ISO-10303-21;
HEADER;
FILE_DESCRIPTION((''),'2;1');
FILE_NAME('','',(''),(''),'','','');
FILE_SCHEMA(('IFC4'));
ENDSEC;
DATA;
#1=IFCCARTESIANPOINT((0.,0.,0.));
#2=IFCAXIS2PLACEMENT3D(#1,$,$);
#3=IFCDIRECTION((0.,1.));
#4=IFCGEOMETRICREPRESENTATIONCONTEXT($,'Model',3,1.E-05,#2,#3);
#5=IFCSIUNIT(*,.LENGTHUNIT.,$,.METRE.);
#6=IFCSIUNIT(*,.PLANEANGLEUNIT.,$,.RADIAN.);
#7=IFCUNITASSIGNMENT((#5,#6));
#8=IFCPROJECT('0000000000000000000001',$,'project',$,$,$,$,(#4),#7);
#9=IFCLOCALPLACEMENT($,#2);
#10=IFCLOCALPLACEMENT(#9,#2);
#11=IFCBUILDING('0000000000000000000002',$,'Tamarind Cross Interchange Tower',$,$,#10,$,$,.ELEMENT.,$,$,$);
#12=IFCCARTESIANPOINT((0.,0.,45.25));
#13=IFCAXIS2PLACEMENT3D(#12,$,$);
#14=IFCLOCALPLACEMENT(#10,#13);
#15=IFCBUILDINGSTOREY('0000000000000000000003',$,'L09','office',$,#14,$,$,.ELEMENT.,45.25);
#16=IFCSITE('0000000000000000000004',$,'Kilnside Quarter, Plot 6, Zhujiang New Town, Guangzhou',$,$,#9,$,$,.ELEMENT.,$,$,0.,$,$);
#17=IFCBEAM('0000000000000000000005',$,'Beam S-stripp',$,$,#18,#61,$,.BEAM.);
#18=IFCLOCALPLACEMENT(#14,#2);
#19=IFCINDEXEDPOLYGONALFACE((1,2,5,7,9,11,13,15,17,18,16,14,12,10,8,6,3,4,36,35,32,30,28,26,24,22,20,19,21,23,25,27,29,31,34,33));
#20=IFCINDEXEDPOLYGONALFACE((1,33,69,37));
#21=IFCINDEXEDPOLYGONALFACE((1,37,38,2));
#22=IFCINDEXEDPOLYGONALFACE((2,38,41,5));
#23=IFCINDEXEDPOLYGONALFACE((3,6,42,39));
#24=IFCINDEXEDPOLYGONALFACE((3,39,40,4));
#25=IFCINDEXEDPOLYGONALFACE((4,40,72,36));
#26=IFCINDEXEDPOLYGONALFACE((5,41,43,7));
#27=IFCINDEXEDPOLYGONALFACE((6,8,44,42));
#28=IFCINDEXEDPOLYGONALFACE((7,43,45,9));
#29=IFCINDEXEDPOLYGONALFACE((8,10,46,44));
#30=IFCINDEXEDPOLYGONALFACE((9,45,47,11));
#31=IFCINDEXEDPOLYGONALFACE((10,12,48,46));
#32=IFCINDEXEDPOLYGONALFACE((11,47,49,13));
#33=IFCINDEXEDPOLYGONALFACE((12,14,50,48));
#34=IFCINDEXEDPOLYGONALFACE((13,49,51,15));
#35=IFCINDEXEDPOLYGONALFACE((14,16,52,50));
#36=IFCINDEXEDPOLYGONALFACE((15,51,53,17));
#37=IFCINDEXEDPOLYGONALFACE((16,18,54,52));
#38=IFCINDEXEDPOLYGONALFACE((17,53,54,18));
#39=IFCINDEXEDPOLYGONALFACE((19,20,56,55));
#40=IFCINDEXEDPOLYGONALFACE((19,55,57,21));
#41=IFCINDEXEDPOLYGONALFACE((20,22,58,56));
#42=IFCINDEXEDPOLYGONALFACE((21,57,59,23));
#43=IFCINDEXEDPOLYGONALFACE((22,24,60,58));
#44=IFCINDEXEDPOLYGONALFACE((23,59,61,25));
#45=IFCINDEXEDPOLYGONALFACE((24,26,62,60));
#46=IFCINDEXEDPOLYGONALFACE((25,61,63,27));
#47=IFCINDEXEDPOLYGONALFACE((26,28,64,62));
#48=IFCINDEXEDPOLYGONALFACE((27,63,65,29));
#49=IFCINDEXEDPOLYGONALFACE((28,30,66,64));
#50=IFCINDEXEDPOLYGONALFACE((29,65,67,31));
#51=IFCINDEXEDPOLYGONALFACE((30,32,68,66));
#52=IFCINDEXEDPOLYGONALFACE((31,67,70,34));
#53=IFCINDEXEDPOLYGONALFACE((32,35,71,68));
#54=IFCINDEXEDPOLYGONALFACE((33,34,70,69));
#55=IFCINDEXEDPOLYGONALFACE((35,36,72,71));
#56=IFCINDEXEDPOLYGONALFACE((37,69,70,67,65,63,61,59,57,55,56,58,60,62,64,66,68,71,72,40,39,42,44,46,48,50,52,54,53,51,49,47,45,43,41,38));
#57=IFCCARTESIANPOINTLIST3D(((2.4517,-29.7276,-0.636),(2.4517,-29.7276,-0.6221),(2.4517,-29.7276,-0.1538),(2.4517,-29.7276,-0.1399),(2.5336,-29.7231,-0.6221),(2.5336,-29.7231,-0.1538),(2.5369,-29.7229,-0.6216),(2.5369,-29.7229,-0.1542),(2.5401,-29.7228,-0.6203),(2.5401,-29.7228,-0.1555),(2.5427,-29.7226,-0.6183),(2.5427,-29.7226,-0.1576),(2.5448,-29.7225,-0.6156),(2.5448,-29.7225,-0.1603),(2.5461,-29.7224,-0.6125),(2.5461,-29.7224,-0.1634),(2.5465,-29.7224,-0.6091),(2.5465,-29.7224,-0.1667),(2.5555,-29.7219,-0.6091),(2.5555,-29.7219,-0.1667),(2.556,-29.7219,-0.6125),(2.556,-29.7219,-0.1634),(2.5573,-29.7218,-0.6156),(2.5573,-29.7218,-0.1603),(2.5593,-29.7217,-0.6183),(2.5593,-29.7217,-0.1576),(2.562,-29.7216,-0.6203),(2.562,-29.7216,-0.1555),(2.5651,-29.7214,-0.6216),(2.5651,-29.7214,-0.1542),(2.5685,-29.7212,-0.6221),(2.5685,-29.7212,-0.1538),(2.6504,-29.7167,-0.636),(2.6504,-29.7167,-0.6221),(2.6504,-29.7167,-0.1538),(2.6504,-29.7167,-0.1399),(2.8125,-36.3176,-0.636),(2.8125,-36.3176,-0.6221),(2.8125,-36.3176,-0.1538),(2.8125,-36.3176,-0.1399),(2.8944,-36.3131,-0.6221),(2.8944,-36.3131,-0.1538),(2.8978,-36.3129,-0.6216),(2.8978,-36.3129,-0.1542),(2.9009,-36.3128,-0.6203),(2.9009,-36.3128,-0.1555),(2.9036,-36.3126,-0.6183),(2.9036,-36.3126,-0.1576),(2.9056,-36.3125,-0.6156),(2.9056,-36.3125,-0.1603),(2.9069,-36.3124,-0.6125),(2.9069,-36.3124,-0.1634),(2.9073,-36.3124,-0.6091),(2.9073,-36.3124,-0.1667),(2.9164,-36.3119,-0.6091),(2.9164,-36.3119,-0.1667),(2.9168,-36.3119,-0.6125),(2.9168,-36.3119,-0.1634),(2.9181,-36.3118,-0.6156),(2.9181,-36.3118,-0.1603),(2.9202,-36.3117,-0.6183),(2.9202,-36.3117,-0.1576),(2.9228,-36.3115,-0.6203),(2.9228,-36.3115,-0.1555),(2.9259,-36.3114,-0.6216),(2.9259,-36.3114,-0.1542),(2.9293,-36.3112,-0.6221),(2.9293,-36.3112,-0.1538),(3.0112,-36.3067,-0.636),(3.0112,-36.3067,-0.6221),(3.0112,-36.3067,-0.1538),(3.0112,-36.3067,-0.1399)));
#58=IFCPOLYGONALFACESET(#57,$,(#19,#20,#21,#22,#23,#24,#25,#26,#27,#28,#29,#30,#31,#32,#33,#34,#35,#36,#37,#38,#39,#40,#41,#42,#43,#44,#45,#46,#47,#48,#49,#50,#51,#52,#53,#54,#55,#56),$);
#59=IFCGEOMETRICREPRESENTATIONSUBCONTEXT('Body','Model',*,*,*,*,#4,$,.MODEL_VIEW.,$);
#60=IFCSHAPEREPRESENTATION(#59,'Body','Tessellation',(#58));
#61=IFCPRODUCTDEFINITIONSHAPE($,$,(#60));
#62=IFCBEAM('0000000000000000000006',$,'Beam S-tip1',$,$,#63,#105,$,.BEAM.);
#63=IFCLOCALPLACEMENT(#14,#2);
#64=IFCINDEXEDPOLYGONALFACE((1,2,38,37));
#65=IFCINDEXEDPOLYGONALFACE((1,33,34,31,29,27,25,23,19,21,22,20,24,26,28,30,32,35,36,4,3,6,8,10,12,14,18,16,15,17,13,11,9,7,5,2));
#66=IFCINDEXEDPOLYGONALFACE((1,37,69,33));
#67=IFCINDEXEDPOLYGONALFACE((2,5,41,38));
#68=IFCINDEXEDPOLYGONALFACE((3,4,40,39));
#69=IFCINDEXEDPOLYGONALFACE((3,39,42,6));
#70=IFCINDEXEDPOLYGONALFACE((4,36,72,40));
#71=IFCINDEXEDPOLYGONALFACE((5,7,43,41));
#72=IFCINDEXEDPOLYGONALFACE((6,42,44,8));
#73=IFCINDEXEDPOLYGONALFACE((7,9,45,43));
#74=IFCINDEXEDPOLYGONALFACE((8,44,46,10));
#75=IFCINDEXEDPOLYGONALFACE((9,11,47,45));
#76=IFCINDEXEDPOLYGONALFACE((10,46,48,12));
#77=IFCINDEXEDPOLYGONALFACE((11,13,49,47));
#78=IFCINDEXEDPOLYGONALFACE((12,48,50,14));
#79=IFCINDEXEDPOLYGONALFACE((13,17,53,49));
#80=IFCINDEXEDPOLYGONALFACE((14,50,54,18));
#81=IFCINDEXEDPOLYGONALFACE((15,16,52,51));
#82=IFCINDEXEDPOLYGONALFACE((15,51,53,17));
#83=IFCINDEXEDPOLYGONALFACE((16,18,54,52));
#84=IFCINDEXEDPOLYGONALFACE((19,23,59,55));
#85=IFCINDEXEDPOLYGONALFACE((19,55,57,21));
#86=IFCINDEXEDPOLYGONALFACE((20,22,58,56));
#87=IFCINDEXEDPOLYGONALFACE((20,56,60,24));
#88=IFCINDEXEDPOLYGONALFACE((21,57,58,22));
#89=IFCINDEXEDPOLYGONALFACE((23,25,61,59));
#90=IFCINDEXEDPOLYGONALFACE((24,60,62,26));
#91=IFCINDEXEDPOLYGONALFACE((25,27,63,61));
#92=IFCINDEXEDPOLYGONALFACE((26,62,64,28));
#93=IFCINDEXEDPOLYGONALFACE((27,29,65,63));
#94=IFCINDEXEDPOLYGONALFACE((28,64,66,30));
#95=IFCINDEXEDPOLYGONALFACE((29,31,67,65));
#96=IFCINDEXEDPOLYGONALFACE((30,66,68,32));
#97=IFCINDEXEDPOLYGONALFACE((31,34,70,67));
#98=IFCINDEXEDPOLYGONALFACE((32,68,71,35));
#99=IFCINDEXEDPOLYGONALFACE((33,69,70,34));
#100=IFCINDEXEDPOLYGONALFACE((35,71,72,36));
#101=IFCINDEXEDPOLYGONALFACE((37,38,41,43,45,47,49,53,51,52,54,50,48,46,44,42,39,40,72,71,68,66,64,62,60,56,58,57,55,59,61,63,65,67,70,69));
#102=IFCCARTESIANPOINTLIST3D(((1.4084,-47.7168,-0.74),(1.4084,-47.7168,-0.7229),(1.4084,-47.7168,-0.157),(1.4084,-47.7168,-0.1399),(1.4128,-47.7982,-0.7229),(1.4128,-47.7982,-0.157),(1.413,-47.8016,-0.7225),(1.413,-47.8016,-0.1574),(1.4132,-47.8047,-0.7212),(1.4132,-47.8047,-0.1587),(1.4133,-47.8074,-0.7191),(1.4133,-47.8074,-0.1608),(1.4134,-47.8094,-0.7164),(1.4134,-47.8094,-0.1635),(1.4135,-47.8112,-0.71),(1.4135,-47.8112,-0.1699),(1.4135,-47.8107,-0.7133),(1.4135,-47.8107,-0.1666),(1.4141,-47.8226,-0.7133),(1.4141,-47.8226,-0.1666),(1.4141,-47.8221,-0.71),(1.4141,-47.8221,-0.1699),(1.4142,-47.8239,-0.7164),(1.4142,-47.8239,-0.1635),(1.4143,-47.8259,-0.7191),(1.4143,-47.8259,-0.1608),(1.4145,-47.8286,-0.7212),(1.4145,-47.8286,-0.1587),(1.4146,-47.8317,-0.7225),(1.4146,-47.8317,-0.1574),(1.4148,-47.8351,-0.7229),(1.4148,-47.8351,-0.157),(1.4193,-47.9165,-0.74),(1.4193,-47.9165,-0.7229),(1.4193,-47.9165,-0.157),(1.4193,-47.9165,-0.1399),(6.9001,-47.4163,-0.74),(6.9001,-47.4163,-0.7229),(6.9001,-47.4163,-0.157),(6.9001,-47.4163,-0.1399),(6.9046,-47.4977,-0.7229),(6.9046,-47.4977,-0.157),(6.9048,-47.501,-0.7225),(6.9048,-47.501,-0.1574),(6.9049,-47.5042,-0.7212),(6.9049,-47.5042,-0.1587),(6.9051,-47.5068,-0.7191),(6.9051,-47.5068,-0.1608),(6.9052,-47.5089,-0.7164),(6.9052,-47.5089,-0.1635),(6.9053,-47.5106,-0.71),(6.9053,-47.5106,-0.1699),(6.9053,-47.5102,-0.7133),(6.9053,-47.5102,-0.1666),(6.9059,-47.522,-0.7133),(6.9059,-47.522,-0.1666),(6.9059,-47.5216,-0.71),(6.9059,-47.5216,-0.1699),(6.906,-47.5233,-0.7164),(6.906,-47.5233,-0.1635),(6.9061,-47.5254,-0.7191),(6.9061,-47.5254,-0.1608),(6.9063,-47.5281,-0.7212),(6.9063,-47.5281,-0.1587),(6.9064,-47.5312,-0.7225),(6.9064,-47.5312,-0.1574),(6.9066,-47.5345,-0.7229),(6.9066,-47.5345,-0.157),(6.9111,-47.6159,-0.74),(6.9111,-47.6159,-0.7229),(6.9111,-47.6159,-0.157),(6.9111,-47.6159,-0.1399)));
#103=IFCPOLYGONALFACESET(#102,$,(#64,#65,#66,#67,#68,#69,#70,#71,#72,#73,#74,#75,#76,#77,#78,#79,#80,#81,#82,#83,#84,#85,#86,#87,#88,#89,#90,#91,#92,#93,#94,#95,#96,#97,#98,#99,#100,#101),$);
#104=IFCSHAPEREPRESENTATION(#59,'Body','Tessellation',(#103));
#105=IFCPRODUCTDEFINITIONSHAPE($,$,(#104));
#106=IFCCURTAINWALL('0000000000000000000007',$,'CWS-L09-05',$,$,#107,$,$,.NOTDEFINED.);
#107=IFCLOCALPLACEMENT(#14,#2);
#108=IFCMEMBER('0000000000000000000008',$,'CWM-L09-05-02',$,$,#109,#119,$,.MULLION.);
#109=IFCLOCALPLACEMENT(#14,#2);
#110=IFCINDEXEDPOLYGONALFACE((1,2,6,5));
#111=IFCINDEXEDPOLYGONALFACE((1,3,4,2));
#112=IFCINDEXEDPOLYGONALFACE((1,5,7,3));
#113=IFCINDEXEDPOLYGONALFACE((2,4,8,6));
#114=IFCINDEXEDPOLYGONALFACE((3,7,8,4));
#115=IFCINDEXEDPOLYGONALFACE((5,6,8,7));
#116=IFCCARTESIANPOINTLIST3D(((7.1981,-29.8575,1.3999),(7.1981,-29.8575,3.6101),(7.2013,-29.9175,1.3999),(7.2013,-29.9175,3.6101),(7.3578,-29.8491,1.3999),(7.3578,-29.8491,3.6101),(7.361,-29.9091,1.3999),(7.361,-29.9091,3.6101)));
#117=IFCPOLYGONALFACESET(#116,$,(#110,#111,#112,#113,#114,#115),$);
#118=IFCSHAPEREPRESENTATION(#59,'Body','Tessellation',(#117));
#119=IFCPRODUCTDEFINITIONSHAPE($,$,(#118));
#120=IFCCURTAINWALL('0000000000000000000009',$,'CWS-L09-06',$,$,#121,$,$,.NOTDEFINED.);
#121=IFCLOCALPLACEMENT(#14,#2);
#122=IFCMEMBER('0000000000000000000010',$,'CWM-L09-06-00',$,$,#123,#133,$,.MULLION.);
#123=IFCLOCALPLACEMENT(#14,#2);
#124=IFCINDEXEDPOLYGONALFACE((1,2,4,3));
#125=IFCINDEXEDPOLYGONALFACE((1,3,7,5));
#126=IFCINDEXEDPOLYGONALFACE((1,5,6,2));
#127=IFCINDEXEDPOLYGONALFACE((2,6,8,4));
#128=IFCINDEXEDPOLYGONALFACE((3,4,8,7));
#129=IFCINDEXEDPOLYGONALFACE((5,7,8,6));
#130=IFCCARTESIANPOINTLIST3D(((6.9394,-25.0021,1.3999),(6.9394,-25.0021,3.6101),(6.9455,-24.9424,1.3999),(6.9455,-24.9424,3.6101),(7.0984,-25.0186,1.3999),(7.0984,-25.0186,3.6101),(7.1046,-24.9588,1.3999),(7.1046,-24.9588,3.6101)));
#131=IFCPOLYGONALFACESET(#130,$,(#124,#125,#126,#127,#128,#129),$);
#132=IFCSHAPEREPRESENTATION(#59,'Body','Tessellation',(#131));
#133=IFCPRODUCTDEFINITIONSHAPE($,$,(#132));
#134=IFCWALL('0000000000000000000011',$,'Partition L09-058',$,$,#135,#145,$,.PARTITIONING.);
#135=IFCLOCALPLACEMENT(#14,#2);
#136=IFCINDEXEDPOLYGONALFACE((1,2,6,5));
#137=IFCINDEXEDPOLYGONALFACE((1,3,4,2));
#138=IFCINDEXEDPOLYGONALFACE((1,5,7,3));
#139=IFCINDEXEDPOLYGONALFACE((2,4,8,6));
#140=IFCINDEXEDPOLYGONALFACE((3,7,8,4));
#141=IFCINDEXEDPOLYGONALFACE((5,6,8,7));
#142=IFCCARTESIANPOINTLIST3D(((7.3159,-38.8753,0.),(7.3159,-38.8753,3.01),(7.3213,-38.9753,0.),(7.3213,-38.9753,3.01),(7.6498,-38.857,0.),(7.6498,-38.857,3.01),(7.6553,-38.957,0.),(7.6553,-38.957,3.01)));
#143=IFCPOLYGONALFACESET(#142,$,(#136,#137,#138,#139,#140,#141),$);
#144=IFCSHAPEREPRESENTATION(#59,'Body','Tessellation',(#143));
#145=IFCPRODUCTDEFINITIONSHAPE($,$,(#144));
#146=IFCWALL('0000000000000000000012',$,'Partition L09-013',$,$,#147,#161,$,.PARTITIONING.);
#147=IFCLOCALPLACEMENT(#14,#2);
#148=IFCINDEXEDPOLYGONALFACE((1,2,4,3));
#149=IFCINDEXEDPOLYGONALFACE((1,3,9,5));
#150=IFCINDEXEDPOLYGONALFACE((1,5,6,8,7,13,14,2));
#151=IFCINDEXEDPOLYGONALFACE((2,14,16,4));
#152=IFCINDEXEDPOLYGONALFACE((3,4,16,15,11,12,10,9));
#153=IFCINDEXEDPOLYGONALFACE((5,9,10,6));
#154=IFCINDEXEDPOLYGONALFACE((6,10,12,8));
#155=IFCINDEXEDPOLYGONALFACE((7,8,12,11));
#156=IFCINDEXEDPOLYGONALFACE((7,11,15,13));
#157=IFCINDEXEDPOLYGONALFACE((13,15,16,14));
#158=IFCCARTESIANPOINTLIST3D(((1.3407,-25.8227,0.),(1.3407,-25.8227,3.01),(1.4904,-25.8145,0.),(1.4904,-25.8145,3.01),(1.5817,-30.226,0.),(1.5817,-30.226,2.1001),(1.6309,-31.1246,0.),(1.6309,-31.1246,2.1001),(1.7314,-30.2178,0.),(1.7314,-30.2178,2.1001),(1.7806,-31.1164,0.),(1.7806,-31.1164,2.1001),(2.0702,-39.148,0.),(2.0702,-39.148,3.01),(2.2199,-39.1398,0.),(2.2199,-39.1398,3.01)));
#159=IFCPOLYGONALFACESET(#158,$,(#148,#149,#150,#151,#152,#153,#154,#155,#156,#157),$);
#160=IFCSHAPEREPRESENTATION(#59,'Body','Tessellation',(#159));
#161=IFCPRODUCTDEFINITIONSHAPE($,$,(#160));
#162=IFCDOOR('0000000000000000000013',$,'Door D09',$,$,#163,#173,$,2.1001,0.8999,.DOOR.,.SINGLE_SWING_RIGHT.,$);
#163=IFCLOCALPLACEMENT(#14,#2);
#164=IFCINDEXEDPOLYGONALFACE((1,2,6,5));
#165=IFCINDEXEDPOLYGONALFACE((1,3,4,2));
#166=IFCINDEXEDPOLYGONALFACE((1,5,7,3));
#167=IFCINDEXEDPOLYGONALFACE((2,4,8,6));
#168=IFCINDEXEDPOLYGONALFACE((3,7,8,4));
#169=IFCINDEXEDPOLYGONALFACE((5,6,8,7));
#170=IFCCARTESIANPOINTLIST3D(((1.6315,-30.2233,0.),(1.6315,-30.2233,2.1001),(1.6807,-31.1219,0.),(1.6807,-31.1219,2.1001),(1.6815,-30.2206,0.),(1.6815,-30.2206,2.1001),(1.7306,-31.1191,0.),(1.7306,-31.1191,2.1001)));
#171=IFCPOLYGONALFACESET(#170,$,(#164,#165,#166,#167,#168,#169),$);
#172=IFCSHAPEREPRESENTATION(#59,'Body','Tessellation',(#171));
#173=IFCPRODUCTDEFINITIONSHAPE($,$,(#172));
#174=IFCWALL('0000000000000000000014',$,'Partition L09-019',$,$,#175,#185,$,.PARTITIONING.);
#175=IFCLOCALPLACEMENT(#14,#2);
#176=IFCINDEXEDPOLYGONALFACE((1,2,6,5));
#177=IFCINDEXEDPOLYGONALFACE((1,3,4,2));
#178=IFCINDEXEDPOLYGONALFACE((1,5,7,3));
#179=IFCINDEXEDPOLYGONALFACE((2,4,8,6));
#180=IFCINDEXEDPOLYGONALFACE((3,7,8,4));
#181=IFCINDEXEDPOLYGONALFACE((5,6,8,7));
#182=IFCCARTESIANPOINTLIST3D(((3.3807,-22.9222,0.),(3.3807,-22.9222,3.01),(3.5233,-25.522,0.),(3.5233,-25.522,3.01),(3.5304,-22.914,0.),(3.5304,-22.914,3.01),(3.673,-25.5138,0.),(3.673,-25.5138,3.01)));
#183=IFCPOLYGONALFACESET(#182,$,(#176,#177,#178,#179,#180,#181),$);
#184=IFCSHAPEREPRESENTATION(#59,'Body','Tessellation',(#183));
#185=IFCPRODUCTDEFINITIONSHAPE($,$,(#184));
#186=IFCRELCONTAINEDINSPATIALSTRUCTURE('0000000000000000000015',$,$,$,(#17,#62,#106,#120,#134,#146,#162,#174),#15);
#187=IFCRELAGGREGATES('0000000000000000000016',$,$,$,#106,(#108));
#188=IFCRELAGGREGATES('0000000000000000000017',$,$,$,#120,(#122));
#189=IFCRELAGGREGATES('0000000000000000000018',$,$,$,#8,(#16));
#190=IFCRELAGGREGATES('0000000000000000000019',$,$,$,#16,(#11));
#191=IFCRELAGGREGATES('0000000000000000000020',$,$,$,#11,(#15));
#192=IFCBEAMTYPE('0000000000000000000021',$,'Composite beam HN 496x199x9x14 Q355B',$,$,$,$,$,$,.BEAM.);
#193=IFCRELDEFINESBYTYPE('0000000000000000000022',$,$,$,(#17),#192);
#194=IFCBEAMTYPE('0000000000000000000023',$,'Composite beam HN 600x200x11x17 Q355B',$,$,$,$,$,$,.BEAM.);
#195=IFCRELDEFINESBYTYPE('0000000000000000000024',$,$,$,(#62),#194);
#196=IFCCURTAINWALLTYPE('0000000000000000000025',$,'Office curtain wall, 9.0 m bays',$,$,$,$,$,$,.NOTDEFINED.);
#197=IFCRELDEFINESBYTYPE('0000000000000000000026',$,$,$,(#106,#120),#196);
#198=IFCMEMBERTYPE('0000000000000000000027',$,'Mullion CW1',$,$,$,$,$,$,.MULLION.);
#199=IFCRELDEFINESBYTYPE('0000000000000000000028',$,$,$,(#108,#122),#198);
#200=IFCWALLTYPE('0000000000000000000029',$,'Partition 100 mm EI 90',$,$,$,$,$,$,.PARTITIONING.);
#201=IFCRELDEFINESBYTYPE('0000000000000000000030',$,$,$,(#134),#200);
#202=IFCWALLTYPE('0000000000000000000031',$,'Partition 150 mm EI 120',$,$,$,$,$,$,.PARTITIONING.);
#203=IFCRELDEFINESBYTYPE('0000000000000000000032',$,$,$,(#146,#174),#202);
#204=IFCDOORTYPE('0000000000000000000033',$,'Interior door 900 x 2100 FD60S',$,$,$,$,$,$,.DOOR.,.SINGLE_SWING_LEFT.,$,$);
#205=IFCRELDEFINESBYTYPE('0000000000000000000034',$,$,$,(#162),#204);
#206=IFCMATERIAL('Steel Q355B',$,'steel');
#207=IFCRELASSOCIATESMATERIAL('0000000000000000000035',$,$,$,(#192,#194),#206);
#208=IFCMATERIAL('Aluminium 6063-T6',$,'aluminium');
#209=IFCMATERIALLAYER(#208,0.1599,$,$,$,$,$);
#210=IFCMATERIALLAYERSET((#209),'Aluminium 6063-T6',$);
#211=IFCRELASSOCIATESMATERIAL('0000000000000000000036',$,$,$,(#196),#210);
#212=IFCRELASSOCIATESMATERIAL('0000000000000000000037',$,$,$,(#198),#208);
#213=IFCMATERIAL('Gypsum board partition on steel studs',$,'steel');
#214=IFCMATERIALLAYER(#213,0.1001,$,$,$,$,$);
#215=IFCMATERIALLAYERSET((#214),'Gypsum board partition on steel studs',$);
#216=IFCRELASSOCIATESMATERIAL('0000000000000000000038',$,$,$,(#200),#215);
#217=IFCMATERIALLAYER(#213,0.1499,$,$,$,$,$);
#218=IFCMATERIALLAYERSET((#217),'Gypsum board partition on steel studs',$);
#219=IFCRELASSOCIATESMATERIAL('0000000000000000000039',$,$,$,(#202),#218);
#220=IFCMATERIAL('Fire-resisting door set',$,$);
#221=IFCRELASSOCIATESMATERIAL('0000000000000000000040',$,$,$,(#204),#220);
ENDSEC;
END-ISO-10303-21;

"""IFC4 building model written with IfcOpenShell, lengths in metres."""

from ifc_helpers import new_model, si_unit, direction, frame, frame_2d, origin, origin_2d, place, context, subcontext, project, spatial, rectangle, i_section, extrude, material, layer, layer_set, material_profile, profile_set, type_object, element, fill, aggregate, save


model = new_model("IFC4")

# Units and contexts
model_context = context("Model", 3, precision=1e-05, world=origin(), true_north=direction((0.0, 1.0)))
body_context = subcontext(model_context, "Body", "Model", "MODEL_VIEW")
ifc_project = project(units=[si_unit("LENGTHUNIT", "METRE"), si_unit("PLANEANGLEUNIT", "RADIAN")], contexts=[model_context])

# Site, building, storey
site_placement = place(None, origin())
site = spatial("IfcSite", under=ifc_project, at=site_placement, Name="Kilnside Quarter, Plot 6, Zhujiang New Town, Guangzhou", CompositionType="ELEMENT", RefElevation=0.0)
building_placement = place(site_placement, origin())
building = spatial("IfcBuilding", under=site, at=building_placement, Name="Tamarind Cross Interchange Tower", CompositionType="ELEMENT")
storey_placement = place(building_placement, frame((0.0, 0.0, 45.25)))
storey = spatial("IfcBuildingStorey", under=building, at=storey_placement, Name="L09", Description="office", CompositionType="ELEMENT", Elevation=45.25)

# Beams
ifc_material_1 = material(Name="Steel Q355B", Category="steel")
ifc_material_profile_1 = material_profile(ifc_material_1, i_section(OverallWidth=0.199, OverallDepth=0.4961, WebThickness=0.009, FlangeThickness=0.0139, FilletRadius=0.0129, at=origin_2d()), Name="HN 496x199x9x14")
ifc_profile_set_1 = profile_set([ifc_material_profile_1], Name="Steel Q355B")
beam_type_1 = type_object("IfcBeamType", Name="Composite beam HN 496x199x9x14 Q355B", PredefinedType="BEAM", material=ifc_profile_set_1)
beam_1_placement = place(storey_placement, frame((2.551, -29.7222, -0.3879), z_axis=(0.054673, -0.998504, 0.0), x_axis=(0.998504, 0.054673, 0.0)))
element("IfcBeam", 1, at=beam_1_placement, inside=storey, type_object=beam_type_1, Name="Beam S-stripp", PredefinedType="BEAM", context=body_context, shape_type="SweptSolid", body=[
    extrude(i_section(OverallWidth=0.199, OverallDepth=0.4961, WebThickness=0.009, FlangeThickness=0.0139, FilletRadius=0.0129, at=origin_2d()), origin(), (0.0, 0.0, 1.0), 6.5999),
])
ifc_material_profile_2 = material_profile(ifc_material_1, i_section(OverallWidth=0.2, OverallDepth=0.6001, WebThickness=0.011, FlangeThickness=0.0171, FilletRadius=0.0129, at=origin_2d()), Name="HN 600x200x11x17")
ifc_profile_set_2 = profile_set([ifc_material_profile_2], Name="Steel Q355B")
beam_type_2 = type_object("IfcBeamType", Name="Composite beam HN 600x200x11x17 Q355B", PredefinedType="BEAM", material=ifc_profile_set_2)
beam_2_placement = place(storey_placement, frame((1.4138, -47.8167, -0.4399), z_axis=(0.998506, 0.054644, 0.0), x_axis=(-0.054644, 0.998506, 0.0)))
element("IfcBeam", 2, at=beam_2_placement, inside=storey, type_object=beam_type_2, Name="Beam S-tip1", PredefinedType="BEAM", context=body_context, shape_type="SweptSolid", body=[
    extrude(i_section(OverallWidth=0.2, OverallDepth=0.6001, WebThickness=0.011, FlangeThickness=0.0171, FilletRadius=0.0129, at=origin_2d()), origin(), (0.0, 0.0, 1.0), 5.5),
])

# Curtain walls, members
ifc_material_2 = material(Name="Aluminium 6063-T6", Category="aluminium")
ifc_layer_1 = layer(ifc_material_2, 0.1599)
ifc_layer_set_1 = layer_set([ifc_layer_1], Name="Aluminium 6063-T6")
curtain_wall_type = type_object("IfcCurtainWallType", Name="Office curtain wall, 9.0 m bays", PredefinedType="NOTDEFINED", material=ifc_layer_set_1)
curtain_wall_1_placement = place(storey_placement, origin())
curtain_wall_1 = element("IfcCurtainWall", 3, at=curtain_wall_1_placement, inside=storey, type_object=curtain_wall_type, Name="CWS-L09-05", PredefinedType="NOTDEFINED")
ifc_material_profile_3 = material_profile(ifc_material_2, rectangle(XDim=0.0601, YDim=0.1599, at=origin_2d()), Name="Mullion CW1")
ifc_profile_set_3 = profile_set([ifc_material_profile_3], Name="Aluminium 6063-T6")
member_type = type_object("IfcMemberType", Name="Mullion CW1", PredefinedType="MULLION", material=ifc_profile_set_3)
member_1_placement = place(storey_placement, frame((7.2795, -29.8833, 1.3999), z_axis=(0.0, 0.0, 1.0), x_axis=(-0.052478, 0.998622, 0.0)))
member_1 = element("IfcMember", 4, at=member_1_placement, type_object=member_type, Name="CWM-L09-05-02", PredefinedType="MULLION", context=body_context, shape_type="SweptSolid", body=[
    extrude(rectangle(XDim=0.0601, YDim=0.1599, at=origin_2d()), origin(), (0.0, 0.0, 1.0), 2.2102),
])
aggregate(curtain_wall_1, [member_1])
curtain_wall_2_placement = place(storey_placement, origin())
curtain_wall_2 = element("IfcCurtainWall", 5, at=curtain_wall_2_placement, inside=storey, type_object=curtain_wall_type, Name="CWS-L09-06", PredefinedType="NOTDEFINED")
member_2_placement = place(storey_placement, frame((7.022, -24.9805, 1.3999), z_axis=(0.0, 0.0, 1.0), x_axis=(0.102898, 0.994692, 0.0)))
member_2 = element("IfcMember", 6, at=member_2_placement, type_object=member_type, Name="CWM-L09-06-00", PredefinedType="MULLION", context=body_context, shape_type="SweptSolid", body=[
    extrude(rectangle(XDim=0.0601, YDim=0.1599, at=origin_2d()), origin(), (0.0, 0.0, 1.0), 2.2102),
])
aggregate(curtain_wall_2, [member_2])

# Wall
ifc_material_3 = material(Name="Gypsum board partition on steel studs", Category="steel")
ifc_layer_2 = layer(ifc_material_3, 0.1001)
ifc_layer_set_2 = layer_set([ifc_layer_2], Name="Gypsum board partition on steel studs")
wall_type_1 = type_object("IfcWallType", Name="Partition 100 mm EI 90", PredefinedType="PARTITIONING", material=ifc_layer_set_2)
wall_1_placement = place(storey_placement, frame((7.3186, -38.9253, 0.0), z_axis=(0.0, 0.0, 1.0), x_axis=(0.998501, 0.054742, 0.0)))
element("IfcWall", 7, at=wall_1_placement, inside=storey, type_object=wall_type_1, Name="Partition L09-058", PredefinedType="PARTITIONING", context=body_context, shape_type="SweptSolid", body=[
    extrude(rectangle(XDim=0.3345, YDim=0.1001, at=frame_2d((0.1672, 0.0))), origin(), (0.0, 0.0, 1.0), 3.01),
])

# Wall, opening, door
ifc_layer_3 = layer(ifc_material_3, 0.1499)
ifc_layer_set_3 = layer_set([ifc_layer_3], Name="Gypsum board partition on steel studs")
wall_type_2 = type_object("IfcWallType", Name="Partition 150 mm EI 120", PredefinedType="PARTITIONING", material=ifc_layer_set_3)
wall_2_placement = place(storey_placement, frame((1.4155, -25.8186, 0.0), z_axis=(0.0, 0.0, 1.0), x_axis=(0.054663, -0.998505, 0.0)))
wall_2 = element("IfcWall", 8, at=wall_2_placement, inside=storey, type_object=wall_type_2, Name="Partition L09-013", PredefinedType="PARTITIONING", context=body_context, shape_type="SweptSolid", body=[
    extrude(rectangle(XDim=13.3452, YDim=0.1499, at=frame_2d((6.6726, 0.0))), origin(), (0.0, 0.0, 1.0), 3.01),
])
opening_placement = place(wall_2_placement, frame((4.4099, 0.0, 0.0)))
opening = element("IfcOpeningElement", 9, at=opening_placement, cuts=wall_2, PredefinedType="OPENING", context=body_context, shape_type="SweptSolid", body=[
    extrude(rectangle(XDim=0.8999, YDim=2.1001, at=frame_2d((0.45, 1.05))), frame((0.0, 0.085, 0.0), z_axis=(0.0, -1.0, 0.0), x_axis=(1.0, 0.0, 0.0)), (0.0, 0.0, 1.0), 0.1699),
])
ifc_material_4 = material(Name="Fire-resisting door set")
door_type = type_object("IfcDoorType", Name="Interior door 900 x 2100 FD60S", OperationType="SINGLE_SWING_LEFT", PredefinedType="DOOR", material=ifc_material_4)
door_placement = place(opening_placement, origin())
door = element("IfcDoor", 10, at=door_placement, inside=storey, type_object=door_type, Name="Door D09", OperationType="SINGLE_SWING_RIGHT", OverallHeight=2.1001, OverallWidth=0.8999, PredefinedType="DOOR", context=body_context, shape_type="SweptSolid", body=[
    extrude(rectangle(XDim=0.8999, YDim=2.1001, at=frame_2d((0.45, 1.05))), frame((0.0, 0.0249, 0.0), z_axis=(0.0, -1.0, 0.0), x_axis=(1.0, 0.0, 0.0)), (0.0, 0.0, 1.0), 0.05),
])
fill(opening, door)

# Wall
wall_3_placement = place(storey_placement, frame((3.4556, -22.9182, 0.0), z_axis=(0.0, 0.0, 1.0), x_axis=(0.054759, -0.9985, 0.0)))
element("IfcWall", 11, at=wall_3_placement, inside=storey, type_object=wall_type_2, Name="Partition L09-019", PredefinedType="PARTITIONING", context=body_context, shape_type="SweptSolid", body=[
    extrude(rectangle(XDim=2.6038, YDim=0.1499, at=frame_2d((1.3018, 0.0))), origin(), (0.0, 0.0, 1.0), 3.01),
])

save(model, "model.ifc")
